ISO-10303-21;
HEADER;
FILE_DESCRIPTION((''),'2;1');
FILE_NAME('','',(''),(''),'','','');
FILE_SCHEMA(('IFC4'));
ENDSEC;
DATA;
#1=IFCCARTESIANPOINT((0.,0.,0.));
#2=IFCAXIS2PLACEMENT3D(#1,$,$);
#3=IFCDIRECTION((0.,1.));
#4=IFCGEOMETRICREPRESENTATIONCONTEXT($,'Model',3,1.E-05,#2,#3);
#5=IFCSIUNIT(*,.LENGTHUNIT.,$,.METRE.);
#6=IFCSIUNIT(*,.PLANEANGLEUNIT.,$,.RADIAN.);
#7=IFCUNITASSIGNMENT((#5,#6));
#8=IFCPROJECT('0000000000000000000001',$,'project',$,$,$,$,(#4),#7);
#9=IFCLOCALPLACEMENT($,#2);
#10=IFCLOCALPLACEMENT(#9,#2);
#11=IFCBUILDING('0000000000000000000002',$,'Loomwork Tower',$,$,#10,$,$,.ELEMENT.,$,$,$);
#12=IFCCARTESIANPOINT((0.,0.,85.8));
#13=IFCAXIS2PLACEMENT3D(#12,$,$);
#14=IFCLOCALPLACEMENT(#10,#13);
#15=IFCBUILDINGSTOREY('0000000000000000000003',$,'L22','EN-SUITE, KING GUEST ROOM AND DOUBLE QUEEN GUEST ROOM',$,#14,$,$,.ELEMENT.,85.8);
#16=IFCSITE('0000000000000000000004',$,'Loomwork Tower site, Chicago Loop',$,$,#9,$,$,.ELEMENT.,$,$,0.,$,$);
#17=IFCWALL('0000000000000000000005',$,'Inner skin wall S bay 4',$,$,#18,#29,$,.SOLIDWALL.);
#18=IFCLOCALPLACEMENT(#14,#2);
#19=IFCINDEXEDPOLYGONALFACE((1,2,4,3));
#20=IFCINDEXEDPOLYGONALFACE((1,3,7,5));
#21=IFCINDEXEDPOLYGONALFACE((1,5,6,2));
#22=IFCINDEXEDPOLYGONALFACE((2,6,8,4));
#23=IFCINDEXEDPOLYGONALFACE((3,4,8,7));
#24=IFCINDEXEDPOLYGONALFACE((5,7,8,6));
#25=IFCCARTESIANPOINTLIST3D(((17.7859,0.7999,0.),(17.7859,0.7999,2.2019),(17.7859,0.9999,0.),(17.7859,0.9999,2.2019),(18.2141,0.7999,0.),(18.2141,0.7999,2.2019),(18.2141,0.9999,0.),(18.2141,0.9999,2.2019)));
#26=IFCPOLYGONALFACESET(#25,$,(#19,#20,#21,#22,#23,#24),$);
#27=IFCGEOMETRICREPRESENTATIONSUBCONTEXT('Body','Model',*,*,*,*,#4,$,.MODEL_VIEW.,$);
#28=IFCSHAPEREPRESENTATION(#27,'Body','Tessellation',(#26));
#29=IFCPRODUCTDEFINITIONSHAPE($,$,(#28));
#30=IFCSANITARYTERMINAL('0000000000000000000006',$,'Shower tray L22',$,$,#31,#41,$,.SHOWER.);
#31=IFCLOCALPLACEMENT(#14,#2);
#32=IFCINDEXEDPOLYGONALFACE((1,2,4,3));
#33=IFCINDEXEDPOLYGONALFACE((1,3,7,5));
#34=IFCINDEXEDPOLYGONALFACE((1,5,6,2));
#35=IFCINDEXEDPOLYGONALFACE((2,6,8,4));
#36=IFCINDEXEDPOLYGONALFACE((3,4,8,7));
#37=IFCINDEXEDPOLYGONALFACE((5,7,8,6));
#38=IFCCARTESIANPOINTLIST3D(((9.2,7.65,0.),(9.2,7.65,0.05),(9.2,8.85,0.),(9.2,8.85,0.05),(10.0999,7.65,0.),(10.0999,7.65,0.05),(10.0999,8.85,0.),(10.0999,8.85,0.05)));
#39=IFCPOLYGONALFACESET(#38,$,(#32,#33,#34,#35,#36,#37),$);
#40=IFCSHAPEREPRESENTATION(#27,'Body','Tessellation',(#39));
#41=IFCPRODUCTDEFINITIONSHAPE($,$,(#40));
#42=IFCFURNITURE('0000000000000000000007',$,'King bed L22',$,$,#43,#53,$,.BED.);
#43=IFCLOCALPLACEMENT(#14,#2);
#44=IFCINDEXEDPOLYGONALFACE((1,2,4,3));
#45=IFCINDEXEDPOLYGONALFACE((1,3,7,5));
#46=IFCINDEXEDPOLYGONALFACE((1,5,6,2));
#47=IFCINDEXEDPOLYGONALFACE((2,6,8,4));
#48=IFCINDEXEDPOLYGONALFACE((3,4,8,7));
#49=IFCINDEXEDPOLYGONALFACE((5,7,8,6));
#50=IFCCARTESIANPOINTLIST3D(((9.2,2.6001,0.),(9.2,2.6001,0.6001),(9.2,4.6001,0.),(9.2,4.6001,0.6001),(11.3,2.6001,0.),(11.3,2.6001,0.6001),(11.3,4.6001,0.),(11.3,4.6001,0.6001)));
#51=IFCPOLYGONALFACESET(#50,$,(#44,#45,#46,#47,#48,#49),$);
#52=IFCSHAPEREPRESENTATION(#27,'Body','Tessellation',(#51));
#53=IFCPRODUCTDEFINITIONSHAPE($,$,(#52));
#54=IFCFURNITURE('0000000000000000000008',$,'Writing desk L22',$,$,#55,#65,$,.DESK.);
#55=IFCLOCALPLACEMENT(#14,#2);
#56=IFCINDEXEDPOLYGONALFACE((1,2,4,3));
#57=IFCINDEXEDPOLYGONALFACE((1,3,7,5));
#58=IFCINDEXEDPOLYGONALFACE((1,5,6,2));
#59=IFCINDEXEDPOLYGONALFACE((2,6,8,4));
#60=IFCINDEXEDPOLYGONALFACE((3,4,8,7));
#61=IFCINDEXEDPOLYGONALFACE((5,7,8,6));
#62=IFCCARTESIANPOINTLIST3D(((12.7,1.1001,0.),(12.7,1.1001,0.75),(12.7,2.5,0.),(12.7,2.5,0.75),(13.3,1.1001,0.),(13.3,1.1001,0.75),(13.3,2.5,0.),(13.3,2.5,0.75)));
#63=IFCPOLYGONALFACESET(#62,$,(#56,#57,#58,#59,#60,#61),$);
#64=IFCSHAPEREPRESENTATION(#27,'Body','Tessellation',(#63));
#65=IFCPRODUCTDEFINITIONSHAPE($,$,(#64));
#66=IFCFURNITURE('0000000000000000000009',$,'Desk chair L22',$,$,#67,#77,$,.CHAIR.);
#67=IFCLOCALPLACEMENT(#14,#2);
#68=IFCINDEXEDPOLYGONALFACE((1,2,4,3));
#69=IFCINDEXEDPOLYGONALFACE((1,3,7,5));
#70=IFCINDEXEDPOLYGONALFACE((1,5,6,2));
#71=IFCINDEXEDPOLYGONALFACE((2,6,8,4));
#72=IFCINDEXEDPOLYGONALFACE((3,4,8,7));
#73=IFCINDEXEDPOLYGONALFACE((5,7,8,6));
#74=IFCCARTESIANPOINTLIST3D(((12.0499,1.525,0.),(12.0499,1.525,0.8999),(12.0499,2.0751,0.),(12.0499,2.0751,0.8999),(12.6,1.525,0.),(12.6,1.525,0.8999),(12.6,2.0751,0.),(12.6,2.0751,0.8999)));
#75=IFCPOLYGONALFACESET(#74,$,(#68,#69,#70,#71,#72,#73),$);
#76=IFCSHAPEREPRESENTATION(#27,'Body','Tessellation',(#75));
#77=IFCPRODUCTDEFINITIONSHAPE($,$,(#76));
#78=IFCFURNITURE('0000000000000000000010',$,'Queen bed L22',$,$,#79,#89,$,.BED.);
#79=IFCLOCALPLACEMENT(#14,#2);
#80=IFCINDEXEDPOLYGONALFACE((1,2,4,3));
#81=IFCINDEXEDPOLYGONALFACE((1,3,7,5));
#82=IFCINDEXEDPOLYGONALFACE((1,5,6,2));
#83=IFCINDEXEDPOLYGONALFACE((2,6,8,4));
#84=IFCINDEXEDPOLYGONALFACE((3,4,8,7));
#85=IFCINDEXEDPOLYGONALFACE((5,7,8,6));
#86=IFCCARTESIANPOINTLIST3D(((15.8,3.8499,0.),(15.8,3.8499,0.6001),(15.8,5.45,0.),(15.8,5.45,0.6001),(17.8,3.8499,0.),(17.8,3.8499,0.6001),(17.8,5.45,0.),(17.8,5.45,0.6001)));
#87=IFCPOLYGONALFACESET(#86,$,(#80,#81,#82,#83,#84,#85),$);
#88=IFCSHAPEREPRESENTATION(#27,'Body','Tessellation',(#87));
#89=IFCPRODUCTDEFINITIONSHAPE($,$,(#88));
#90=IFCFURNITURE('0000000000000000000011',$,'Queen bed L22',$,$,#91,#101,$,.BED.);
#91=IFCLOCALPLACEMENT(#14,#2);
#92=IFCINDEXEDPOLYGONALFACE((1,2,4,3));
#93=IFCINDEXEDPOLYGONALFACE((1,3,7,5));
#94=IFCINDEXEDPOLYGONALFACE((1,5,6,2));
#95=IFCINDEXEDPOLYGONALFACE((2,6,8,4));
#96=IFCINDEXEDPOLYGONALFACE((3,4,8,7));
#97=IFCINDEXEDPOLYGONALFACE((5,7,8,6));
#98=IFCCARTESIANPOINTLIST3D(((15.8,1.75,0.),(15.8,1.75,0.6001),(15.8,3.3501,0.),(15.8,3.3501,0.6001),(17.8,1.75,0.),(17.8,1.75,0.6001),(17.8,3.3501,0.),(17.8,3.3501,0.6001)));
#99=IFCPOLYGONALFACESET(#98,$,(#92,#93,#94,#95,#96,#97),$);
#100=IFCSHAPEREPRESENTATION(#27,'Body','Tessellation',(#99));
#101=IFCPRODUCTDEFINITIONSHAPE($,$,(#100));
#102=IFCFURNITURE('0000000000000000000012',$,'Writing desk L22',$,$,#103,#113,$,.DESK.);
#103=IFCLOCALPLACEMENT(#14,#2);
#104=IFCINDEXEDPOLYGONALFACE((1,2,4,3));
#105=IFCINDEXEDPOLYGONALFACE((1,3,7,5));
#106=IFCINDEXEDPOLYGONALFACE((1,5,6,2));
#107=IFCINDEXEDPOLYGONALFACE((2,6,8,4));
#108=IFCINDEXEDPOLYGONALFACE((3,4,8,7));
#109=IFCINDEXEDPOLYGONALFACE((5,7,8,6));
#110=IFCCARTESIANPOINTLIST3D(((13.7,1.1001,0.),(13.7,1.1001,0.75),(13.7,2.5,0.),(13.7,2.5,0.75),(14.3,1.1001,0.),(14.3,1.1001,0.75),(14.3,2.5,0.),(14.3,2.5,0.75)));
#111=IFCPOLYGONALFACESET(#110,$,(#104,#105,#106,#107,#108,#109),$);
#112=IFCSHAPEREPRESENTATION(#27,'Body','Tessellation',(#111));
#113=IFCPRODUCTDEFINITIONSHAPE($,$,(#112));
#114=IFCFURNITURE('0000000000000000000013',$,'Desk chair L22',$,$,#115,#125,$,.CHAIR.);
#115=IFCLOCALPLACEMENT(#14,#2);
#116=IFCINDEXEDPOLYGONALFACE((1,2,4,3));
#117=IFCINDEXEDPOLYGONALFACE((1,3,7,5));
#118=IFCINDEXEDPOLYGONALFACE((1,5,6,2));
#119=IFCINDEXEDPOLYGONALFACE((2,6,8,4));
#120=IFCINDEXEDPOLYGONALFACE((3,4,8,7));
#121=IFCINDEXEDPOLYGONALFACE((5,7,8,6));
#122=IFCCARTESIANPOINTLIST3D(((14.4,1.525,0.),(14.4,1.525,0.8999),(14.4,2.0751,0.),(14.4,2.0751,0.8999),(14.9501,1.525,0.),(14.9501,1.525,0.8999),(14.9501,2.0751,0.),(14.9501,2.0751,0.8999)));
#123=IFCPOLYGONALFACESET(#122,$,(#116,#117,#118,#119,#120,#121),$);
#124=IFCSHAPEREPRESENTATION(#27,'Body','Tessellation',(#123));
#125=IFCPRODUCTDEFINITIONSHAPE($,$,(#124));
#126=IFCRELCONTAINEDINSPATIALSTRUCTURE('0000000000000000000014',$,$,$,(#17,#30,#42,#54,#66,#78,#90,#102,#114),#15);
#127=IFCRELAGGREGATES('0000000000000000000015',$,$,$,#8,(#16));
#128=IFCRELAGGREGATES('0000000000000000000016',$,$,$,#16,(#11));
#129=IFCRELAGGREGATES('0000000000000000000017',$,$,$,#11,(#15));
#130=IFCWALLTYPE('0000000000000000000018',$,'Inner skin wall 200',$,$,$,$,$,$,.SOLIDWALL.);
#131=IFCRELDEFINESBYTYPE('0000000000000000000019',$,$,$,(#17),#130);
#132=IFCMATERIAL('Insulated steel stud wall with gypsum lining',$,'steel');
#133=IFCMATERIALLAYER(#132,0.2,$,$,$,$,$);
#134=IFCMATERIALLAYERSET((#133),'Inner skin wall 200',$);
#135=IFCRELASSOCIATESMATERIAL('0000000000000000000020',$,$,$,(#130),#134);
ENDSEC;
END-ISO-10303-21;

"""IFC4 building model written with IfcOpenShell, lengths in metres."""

from ifc_helpers import new_model, si_unit, direction, frame, frame_2d, origin, origin_2d, place, context, subcontext, project, spatial, rectangle, extrude, material, layer, layer_set, type_object, element, save


model = new_model("IFC4")

# Units and contexts
model_context = context("Model", 3, precision=1e-05, world=origin(), true_north=direction((0.0, 1.0)))
body_context = subcontext(model_context, "Body", "Model", "MODEL_VIEW")
ifc_project = project(units=[si_unit("LENGTHUNIT", "METRE"), si_unit("PLANEANGLEUNIT", "RADIAN")], contexts=[model_context])

# Site, building, storey
site_placement = place(None, origin())
site = spatial("IfcSite", under=ifc_project, at=site_placement, Name="Loomwork Tower site, Chicago Loop", CompositionType="ELEMENT", RefElevation=0.0)
building_placement = place(site_placement, origin())
building = spatial("IfcBuilding", under=site, at=building_placement, Name="Loomwork Tower", CompositionType="ELEMENT")
storey_placement = place(building_placement, frame((0.0, 0.0, 85.8)))
storey = spatial("IfcBuildingStorey", under=building, at=storey_placement, Name="L22", Description="EN-SUITE, KING GUEST ROOM AND DOUBLE QUEEN GUEST ROOM", CompositionType="ELEMENT", Elevation=85.8)

# Shared definitions
ifc_material_1 = material(Name="Insulated steel stud wall with gypsum lining", Category="steel")
ifc_layer_1 = layer(ifc_material_1, 0.2)
ifc_layer_set_1 = layer_set([ifc_layer_1], Name="Inner skin wall 200")
wall_type_1 = type_object("IfcWallType", Name="Inner skin wall 200", PredefinedType="SOLIDWALL", material=ifc_layer_set_1)

# Wall
wall_1_placement = place(storey_placement, frame((17.7859, 0.8999, 0.0), z_axis=(0.0, 0.0, 1.0), x_axis=(1.0, 0.0, 0.0)))
element("IfcWall", 1, at=wall_1_placement, inside=storey, type_object=wall_type_1, Name="Inner skin wall S bay 4", PredefinedType="SOLIDWALL", context=body_context, shape_type="SweptSolid", body=[
    extrude(rectangle(XDim=0.4282, YDim=0.2, at=frame_2d((0.2141, 0.0))), origin(), (0.0, 0.0, 1.0), 2.2019),
])

# Sanitary terminal
sanitary_terminal_placement = place(storey_placement, frame((9.6499, 8.25, 0.0), z_axis=(0.0, 0.0, 1.0), x_axis=(1.0, 0.0, 0.0)))
element("IfcSanitaryTerminal", 2, at=sanitary_terminal_placement, inside=storey, Name="Shower tray L22", PredefinedType="SHOWER", context=body_context, shape_type="SweptSolid", body=[
    extrude(rectangle(XDim=0.8999, YDim=1.2, at=origin_2d()), origin(), (0.0, 0.0, 1.0), 0.05),
])

# Furniture
furniture_1_placement = place(storey_placement, frame((10.25, 3.6001, 0.0), z_axis=(0.0, 0.0, 1.0), x_axis=(1.0, 0.0, 0.0)))
element("IfcFurniture", 3, at=furniture_1_placement, inside=storey, Name="King bed L22", PredefinedType="BED", context=body_context, shape_type="SweptSolid", body=[
    extrude(rectangle(XDim=2.1001, YDim=2.0, at=origin_2d()), origin(), (0.0, 0.0, 1.0), 0.6001),
])
furniture_2_placement = place(storey_placement, frame((13.0, 1.8, 0.0), z_axis=(0.0, 0.0, 1.0), x_axis=(1.0, 0.0, 0.0)))
element("IfcFurniture", 4, at=furniture_2_placement, inside=storey, Name="Writing desk L22", PredefinedType="DESK", context=body_context, shape_type="SweptSolid", body=[
    extrude(rectangle(XDim=0.6001, YDim=1.3999, at=origin_2d()), origin(), (0.0, 0.0, 1.0), 0.75),
])
furniture_3_placement = place(storey_placement, frame((12.325, 1.8, 0.0), z_axis=(0.0, 0.0, 1.0), x_axis=(1.0, 0.0, 0.0)))
element("IfcFurniture", 5, at=furniture_3_placement, inside=storey, Name="Desk chair L22", PredefinedType="CHAIR", context=body_context, shape_type="SweptSolid", body=[
    extrude(rectangle(XDim=0.55, YDim=0.55, at=origin_2d()), origin(), (0.0, 0.0, 1.0), 0.8999),
])
for number, where, z_axis, x_axis, name in (
    (6, (16.8, 4.6499, 0.0), (0.0, 0.0, 1.0), (1.0, 0.0, 0.0), "Queen bed L22"),
    (7, (16.8, 2.55, 0.0), (0.0, 0.0, 1.0), (1.0, 0.0, 0.0), "Queen bed L22"),
):
    element("IfcFurniture", number, at=place(storey_placement, frame(where, z_axis=z_axis, x_axis=x_axis)), inside=storey, Name=name, PredefinedType="BED", context=body_context, shape_type="SweptSolid", body=[
        extrude(rectangle(XDim=2.0, YDim=1.6001, at=origin_2d()), origin(), (0.0, 0.0, 1.0), 0.6001),
    ])
furniture_4_placement = place(storey_placement, frame((14.0, 1.8, 0.0), z_axis=(0.0, 0.0, 1.0), x_axis=(1.0, 0.0, 0.0)))
element("IfcFurniture", 8, at=furniture_4_placement, inside=storey, Name="Writing desk L22", PredefinedType="DESK", context=body_context, shape_type="SweptSolid", body=[
    extrude(rectangle(XDim=0.6001, YDim=1.3999, at=origin_2d()), origin(), (0.0, 0.0, 1.0), 0.75),
])
furniture_5_placement = place(storey_placement, frame((14.675, 1.8, 0.0), z_axis=(0.0, 0.0, 1.0), x_axis=(1.0, 0.0, 0.0)))
element("IfcFurniture", 9, at=furniture_5_placement, inside=storey, Name="Desk chair L22", PredefinedType="CHAIR", context=body_context, shape_type="SweptSolid", body=[
    extrude(rectangle(XDim=0.55, YDim=0.55, at=origin_2d()), origin(), (0.0, 0.0, 1.0), 0.8999),
])

save(model, "model.ifc")
